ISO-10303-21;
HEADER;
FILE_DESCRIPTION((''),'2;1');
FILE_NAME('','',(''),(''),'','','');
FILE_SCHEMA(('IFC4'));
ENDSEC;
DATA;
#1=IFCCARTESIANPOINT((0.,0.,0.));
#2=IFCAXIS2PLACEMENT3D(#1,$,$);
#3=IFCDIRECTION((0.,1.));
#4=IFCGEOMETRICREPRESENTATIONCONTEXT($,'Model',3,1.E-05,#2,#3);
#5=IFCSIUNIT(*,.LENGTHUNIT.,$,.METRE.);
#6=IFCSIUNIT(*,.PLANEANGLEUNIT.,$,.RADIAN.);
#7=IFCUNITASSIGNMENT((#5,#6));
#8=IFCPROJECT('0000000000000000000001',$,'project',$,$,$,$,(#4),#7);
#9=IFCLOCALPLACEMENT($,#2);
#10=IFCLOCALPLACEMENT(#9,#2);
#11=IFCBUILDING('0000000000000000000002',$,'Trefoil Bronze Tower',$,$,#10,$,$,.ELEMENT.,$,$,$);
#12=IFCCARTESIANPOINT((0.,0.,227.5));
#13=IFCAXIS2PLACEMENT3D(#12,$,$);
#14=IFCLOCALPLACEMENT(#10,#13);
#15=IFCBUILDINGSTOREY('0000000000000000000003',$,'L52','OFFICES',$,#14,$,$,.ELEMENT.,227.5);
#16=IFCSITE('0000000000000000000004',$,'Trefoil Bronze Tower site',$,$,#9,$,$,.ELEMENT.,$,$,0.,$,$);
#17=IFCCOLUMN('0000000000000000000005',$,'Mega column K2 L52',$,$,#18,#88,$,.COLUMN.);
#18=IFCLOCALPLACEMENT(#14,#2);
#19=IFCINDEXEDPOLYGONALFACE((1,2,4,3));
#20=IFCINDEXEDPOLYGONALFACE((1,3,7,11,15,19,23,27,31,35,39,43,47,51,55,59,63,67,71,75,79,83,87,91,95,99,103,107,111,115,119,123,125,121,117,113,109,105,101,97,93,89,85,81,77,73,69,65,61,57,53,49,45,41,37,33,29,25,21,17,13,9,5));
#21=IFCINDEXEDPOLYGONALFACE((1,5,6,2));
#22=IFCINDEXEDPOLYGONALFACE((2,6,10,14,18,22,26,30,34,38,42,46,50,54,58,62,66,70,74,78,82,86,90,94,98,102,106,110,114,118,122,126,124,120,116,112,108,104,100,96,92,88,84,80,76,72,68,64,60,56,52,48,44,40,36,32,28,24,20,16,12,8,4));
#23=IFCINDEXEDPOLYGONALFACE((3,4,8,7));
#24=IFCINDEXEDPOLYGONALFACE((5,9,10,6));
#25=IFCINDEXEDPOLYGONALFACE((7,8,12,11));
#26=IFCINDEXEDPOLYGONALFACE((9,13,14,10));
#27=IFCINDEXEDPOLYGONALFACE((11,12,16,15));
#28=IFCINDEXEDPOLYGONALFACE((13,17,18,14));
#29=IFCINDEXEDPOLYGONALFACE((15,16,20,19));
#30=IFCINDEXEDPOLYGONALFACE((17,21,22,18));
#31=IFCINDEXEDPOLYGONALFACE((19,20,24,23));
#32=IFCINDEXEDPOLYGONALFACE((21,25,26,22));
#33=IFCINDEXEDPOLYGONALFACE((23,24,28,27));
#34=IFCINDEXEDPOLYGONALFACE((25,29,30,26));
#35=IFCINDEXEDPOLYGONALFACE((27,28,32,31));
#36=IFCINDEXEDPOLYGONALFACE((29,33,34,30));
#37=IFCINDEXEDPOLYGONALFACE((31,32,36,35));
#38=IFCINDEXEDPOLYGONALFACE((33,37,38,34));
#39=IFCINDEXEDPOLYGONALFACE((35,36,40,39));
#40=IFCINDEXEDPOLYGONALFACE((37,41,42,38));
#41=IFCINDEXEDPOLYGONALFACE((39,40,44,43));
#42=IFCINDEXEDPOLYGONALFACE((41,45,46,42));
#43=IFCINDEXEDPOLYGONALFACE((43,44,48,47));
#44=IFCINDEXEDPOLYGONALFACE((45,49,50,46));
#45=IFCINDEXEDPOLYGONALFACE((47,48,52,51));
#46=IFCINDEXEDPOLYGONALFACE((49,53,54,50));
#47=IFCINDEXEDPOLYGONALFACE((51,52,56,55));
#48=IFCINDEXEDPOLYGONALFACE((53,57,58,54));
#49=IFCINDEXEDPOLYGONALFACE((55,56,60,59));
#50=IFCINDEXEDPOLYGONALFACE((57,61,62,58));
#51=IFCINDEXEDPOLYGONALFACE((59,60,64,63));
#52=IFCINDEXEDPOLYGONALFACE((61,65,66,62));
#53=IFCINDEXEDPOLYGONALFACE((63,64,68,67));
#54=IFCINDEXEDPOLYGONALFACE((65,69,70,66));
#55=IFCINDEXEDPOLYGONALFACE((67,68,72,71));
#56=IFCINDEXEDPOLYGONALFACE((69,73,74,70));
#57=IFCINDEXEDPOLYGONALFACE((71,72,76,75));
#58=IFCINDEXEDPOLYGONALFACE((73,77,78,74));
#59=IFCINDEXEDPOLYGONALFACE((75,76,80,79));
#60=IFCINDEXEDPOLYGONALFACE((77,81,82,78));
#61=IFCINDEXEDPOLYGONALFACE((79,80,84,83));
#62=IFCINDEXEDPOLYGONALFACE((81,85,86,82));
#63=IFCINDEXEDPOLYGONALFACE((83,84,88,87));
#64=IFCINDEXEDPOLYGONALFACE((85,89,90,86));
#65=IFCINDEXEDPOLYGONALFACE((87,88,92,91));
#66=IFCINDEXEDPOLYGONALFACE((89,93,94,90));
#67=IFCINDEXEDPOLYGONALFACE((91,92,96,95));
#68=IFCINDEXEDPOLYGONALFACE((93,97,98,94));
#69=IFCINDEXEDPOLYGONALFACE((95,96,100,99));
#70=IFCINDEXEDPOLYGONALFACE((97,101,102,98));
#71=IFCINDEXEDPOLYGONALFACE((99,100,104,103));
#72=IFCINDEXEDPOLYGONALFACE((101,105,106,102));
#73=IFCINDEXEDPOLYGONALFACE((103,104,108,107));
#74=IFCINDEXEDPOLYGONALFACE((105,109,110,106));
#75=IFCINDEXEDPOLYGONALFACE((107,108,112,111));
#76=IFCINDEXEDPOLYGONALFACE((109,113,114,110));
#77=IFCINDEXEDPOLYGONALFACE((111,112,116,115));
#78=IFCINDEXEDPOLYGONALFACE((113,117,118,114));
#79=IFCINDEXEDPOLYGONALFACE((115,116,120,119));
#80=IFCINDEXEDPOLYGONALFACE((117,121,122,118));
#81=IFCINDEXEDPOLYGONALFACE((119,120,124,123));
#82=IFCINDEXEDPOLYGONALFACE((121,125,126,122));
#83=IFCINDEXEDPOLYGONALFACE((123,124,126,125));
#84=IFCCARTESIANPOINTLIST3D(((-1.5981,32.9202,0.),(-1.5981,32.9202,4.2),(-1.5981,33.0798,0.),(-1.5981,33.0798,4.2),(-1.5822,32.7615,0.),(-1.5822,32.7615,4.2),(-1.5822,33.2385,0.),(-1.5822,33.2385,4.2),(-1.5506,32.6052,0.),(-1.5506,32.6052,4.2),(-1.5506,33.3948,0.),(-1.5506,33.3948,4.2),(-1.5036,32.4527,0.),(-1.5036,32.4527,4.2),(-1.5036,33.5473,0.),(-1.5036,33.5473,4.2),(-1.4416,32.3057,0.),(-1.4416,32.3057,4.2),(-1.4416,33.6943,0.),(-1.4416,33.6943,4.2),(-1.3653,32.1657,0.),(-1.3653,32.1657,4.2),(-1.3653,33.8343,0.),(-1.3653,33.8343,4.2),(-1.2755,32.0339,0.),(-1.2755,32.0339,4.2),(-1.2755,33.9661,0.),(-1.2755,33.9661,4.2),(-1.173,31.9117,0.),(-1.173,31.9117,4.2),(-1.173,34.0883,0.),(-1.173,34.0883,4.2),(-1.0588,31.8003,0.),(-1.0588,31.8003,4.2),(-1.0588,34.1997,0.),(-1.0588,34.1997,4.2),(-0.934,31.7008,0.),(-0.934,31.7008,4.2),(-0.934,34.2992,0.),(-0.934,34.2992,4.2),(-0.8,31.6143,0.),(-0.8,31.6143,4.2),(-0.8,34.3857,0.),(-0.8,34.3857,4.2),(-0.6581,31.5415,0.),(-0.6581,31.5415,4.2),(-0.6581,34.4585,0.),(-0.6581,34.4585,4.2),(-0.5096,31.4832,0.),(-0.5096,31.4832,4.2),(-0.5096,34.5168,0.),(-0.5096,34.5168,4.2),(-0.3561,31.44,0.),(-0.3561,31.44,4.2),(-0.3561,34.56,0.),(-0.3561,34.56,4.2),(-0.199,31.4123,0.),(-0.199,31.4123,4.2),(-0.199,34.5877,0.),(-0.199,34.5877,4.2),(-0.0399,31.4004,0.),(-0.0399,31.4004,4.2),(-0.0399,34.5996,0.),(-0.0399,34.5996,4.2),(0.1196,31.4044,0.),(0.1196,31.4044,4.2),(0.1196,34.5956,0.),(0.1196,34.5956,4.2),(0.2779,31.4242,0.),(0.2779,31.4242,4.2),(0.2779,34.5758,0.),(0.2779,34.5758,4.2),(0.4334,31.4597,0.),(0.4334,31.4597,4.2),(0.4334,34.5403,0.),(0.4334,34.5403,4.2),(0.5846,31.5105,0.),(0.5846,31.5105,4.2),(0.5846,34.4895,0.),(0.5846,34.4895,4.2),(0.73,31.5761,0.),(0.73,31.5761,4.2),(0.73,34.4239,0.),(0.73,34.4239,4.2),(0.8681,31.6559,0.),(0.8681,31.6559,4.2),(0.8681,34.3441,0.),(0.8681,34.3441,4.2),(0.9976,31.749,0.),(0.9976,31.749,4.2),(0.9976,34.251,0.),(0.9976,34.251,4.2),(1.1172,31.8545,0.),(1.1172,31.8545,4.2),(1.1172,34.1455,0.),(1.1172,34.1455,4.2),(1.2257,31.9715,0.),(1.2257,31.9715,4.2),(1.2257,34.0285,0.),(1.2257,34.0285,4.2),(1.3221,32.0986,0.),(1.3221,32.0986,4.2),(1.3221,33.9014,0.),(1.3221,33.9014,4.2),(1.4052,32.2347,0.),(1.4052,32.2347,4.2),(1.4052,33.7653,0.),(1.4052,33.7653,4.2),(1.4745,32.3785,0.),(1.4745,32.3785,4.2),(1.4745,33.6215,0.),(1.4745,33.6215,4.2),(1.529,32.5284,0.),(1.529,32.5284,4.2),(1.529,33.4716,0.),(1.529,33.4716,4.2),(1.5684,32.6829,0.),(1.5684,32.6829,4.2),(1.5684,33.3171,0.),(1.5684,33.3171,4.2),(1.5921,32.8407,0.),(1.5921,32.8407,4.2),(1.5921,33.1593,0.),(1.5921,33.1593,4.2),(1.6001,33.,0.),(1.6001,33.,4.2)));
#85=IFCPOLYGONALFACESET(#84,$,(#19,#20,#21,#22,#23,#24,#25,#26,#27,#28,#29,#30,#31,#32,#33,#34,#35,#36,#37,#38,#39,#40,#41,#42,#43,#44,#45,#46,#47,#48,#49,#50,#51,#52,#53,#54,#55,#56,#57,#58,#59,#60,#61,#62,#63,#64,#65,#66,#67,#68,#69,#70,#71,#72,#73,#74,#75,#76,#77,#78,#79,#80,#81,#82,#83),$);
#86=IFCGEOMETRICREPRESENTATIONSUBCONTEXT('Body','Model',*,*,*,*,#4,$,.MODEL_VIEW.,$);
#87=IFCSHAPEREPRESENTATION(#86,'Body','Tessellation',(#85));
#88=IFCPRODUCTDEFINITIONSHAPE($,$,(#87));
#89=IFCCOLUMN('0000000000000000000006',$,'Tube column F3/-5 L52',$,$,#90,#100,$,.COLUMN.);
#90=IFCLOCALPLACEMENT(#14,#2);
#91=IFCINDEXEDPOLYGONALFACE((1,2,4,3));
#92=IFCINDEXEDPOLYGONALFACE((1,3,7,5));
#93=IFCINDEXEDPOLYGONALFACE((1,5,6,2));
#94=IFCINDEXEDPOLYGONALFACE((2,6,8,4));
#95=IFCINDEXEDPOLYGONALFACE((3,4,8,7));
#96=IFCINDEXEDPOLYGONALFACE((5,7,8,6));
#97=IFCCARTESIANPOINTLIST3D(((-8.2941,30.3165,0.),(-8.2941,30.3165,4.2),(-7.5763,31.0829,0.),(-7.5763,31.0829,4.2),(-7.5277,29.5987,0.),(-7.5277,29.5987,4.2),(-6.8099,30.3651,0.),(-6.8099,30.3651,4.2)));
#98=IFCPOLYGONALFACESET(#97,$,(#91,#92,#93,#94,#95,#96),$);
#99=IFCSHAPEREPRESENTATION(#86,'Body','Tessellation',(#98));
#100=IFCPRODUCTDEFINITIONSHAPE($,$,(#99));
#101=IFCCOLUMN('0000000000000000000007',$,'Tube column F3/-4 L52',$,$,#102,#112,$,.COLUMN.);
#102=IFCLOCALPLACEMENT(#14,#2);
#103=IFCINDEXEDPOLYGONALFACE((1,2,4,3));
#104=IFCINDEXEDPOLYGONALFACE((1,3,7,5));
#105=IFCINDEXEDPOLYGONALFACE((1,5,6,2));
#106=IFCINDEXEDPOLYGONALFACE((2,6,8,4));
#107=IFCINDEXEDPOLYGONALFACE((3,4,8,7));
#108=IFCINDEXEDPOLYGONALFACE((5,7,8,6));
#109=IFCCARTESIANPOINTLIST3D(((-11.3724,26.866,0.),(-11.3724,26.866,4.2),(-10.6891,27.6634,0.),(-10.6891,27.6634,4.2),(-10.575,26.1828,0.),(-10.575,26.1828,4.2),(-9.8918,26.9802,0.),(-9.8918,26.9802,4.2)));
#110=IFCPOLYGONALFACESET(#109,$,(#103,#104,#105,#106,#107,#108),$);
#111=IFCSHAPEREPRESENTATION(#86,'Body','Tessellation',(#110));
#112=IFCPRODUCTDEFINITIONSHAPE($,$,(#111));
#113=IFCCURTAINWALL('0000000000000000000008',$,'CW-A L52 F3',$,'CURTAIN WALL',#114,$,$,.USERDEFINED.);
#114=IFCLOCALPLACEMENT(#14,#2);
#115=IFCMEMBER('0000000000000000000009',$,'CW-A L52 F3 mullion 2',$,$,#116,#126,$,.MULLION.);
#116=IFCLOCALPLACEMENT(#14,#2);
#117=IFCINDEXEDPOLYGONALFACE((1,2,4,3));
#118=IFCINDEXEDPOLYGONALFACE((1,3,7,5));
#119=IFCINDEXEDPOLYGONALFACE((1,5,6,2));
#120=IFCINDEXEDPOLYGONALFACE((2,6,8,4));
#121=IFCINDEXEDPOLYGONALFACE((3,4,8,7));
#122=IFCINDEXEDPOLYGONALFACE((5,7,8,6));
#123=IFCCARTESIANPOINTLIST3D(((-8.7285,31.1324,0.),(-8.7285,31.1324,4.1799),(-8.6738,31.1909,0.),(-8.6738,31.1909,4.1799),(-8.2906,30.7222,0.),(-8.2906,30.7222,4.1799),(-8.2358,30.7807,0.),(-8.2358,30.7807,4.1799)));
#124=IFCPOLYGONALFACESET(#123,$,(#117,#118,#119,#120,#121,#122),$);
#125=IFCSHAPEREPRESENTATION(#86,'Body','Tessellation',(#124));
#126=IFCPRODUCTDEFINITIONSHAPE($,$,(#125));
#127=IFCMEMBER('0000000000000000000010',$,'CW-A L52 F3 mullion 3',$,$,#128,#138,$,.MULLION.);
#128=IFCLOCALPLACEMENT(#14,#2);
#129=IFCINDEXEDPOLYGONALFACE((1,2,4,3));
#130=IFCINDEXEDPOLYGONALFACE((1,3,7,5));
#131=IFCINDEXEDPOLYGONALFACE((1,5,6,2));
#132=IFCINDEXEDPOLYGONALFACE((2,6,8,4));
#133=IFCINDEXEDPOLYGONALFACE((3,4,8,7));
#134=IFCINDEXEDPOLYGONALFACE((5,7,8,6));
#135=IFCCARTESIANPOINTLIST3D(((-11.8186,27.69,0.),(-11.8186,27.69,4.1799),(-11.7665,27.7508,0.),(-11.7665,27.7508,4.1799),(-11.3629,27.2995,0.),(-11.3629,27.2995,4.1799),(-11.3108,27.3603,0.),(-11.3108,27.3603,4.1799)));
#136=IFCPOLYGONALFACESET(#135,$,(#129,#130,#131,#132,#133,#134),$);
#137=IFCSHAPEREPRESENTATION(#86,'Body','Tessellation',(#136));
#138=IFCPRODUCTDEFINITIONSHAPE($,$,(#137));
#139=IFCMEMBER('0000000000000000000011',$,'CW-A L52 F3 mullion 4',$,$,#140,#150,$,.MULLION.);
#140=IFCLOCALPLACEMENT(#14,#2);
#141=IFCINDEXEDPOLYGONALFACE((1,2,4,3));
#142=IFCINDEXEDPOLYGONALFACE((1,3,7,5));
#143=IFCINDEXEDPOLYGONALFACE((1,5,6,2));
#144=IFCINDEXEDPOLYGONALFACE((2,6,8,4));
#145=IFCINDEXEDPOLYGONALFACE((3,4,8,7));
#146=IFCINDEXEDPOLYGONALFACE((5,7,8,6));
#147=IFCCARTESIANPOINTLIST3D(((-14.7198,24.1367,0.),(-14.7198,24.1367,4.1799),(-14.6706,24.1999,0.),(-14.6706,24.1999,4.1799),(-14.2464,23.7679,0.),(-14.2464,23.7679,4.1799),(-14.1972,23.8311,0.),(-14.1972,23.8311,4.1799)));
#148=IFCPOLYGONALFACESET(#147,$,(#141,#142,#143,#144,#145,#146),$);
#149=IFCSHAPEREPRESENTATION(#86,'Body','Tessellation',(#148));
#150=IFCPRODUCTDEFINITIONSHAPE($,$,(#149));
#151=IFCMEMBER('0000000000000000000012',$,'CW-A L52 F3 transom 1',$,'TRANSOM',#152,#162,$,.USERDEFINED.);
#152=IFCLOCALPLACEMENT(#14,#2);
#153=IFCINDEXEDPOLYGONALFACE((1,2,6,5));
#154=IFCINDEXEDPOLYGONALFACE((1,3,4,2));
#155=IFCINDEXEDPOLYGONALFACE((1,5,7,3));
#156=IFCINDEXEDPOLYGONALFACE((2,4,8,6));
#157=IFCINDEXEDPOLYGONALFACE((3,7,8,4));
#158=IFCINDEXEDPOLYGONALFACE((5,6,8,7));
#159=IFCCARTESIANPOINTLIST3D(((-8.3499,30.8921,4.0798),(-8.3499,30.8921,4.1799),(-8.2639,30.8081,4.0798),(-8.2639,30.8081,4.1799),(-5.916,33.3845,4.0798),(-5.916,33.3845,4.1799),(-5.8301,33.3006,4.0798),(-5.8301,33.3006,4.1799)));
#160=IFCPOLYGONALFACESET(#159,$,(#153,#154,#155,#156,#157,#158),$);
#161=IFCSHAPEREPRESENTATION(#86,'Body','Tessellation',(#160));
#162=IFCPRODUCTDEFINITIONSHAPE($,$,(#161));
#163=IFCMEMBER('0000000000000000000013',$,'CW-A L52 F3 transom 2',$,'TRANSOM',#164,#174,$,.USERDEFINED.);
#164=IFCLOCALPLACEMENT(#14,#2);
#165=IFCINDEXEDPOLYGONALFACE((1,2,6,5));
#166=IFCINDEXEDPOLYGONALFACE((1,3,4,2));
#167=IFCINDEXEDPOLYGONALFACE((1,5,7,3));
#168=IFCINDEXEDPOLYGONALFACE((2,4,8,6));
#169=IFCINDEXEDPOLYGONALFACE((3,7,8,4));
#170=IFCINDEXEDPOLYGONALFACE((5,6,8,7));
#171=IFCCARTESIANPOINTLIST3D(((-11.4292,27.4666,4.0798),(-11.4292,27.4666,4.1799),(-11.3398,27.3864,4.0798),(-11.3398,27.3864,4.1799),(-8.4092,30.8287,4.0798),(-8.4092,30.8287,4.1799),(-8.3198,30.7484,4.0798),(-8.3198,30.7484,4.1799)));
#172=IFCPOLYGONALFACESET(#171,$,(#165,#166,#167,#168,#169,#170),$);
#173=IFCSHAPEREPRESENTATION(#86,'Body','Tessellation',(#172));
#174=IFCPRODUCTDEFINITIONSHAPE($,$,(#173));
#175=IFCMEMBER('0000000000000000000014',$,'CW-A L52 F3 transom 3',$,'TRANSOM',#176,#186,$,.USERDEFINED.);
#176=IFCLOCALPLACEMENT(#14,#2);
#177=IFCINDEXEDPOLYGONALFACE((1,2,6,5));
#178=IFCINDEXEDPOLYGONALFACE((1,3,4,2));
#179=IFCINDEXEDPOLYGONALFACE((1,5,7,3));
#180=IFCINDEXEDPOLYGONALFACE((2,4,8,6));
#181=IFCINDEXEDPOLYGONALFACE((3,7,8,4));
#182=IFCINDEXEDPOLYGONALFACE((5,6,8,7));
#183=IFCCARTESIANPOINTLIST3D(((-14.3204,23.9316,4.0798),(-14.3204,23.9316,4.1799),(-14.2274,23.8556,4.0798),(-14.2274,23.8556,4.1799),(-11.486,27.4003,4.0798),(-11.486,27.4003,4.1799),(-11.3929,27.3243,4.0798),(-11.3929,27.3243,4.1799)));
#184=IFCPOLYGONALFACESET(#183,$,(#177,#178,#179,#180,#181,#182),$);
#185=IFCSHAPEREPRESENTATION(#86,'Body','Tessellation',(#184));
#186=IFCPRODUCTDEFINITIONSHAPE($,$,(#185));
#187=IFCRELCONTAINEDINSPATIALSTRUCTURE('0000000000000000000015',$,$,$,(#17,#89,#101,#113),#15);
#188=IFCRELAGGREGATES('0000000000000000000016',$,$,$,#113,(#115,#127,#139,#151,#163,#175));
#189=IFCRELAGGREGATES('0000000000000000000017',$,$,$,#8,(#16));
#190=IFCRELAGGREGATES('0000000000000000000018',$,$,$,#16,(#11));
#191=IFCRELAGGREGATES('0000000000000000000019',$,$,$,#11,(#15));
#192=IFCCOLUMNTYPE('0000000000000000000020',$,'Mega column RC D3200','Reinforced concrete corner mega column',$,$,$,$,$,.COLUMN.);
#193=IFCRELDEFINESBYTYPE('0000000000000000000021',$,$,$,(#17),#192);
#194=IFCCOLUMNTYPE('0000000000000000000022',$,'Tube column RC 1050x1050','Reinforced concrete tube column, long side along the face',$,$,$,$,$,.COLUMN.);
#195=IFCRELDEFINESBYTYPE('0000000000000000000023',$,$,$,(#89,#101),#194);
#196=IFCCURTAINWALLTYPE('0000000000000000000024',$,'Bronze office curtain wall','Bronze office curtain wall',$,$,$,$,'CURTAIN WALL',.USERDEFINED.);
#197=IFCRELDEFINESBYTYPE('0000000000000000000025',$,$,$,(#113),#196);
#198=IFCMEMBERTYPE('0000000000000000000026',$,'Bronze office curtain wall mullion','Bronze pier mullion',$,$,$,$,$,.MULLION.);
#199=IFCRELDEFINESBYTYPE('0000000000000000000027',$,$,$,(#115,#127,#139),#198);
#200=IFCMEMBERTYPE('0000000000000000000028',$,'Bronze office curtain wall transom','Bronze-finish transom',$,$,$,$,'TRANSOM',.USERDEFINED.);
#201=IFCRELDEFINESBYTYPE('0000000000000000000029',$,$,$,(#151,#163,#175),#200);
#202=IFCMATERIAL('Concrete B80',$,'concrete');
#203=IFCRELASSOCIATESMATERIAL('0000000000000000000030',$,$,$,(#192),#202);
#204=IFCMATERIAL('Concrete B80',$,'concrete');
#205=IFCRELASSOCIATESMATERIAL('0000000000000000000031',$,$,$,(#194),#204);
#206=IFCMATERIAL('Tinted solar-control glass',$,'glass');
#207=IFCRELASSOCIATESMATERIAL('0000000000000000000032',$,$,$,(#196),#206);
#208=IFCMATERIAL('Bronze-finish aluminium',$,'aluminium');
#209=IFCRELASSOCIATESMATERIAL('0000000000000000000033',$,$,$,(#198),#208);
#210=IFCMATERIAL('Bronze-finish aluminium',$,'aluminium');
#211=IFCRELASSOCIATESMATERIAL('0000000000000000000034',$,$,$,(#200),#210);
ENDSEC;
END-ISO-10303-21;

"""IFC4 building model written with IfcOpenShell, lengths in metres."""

from ifc_helpers import new_model, si_unit, direction, frame, origin, origin_2d, place, context, subcontext, project, spatial, rectangle, circle, extrude, material, material_profile, profile_set, type_object, element, aggregate, save


model = new_model("IFC4")

# Units and contexts
model_context = context("Model", 3, precision=1e-05, world=origin(), true_north=direction((0.0, 1.0)))
body_context = subcontext(model_context, "Body", "Model", "MODEL_VIEW")
ifc_project = project(units=[si_unit("LENGTHUNIT", "METRE"), si_unit("PLANEANGLEUNIT", "RADIAN")], contexts=[model_context])

# Site, building, storey
site_placement = place(None, origin())
site = spatial("IfcSite", under=ifc_project, at=site_placement, Name="Trefoil Bronze Tower site", CompositionType="ELEMENT", RefElevation=0.0)
building_placement = place(site_placement, origin())
building = spatial("IfcBuilding", under=site, at=building_placement, Name="Trefoil Bronze Tower", CompositionType="ELEMENT")
storey_placement = place(building_placement, frame((0.0, 0.0, 227.5)))
storey = spatial("IfcBuildingStorey", under=building, at=storey_placement, Name="L52", Description="OFFICES", CompositionType="ELEMENT", Elevation=227.5)

# Columns
ifc_material_1 = material(Name="Concrete B80", Category="concrete")
ifc_material_profile_1 = material_profile(ifc_material_1, circle(Radius=1.6001, at=origin_2d()), Name="RC D3200")
ifc_profile_set_1 = profile_set([ifc_material_profile_1], Name="Concrete B80")
column_type_1 = type_object("IfcColumnType", Name="Mega column RC D3200", Description="Reinforced concrete corner mega column", PredefinedType="COLUMN", material=ifc_profile_set_1)
column_placement = place(storey_placement, frame((0.0, 33.0, 0.0), z_axis=(0.0, 0.0, 1.0), x_axis=(1.0, 0.0, 0.0)))
element("IfcColumn", 1, at=column_placement, inside=storey, type_object=column_type_1, Name="Mega column K2 L52", PredefinedType="COLUMN", context=body_context, shape_type="SweptSolid", body=[
    extrude(circle(Radius=1.6001, at=origin_2d()), origin(), (0.0, 0.0, 1.0), 4.2),
])
ifc_material_2 = material(Name="Concrete B80", Category="concrete")
ifc_material_profile_2 = material_profile(ifc_material_2, rectangle(XDim=1.05, YDim=1.05, at=origin_2d()), Name="RC 1050x1050")
ifc_profile_set_2 = profile_set([ifc_material_profile_2], Name="Concrete B80")
column_type_2 = type_object("IfcColumnType", Name="Tube column RC 1050x1050", Description="Reinforced concrete tube column, long side along the face", PredefinedType="COLUMN", material=ifc_profile_set_2)
for number, where, z_axis, x_axis, name in (
    (2, (-7.552, 30.3408, 0.0), (0.0, 0.0, 1.0), (-0.683597, -0.72986, 0.0), "Tube column F3/-5 L52"),
    (3, (-10.6321, 26.9231, 0.0), (0.0, 0.0, 1.0), (-0.650677, -0.759355, 0.0), "Tube column F3/-4 L52"),
):
    element("IfcColumn", number, at=place(storey_placement, frame(where, z_axis=z_axis, x_axis=x_axis)), inside=storey, type_object=column_type_2, Name=name, PredefinedType="COLUMN", context=body_context, shape_type="SweptSolid", body=[
        extrude(rectangle(XDim=1.05, YDim=1.05, at=origin_2d()), origin(), (0.0, 0.0, 1.0), 4.2),
    ])

# Curtain wall, members
ifc_material_3 = material(Name="Tinted solar-control glass", Category="glass")
curtain_wall_type_1 = type_object("IfcCurtainWallType", Name="Bronze office curtain wall", Description="Bronze office curtain wall", ElementType="CURTAIN WALL", PredefinedType="USERDEFINED", material=ifc_material_3)
curtain_wall_1_placement = place(storey_placement, origin())
curtain_wall_1 = element("IfcCurtainWall", 4, at=curtain_wall_1_placement, inside=storey, type_object=curtain_wall_type_1, Name="CW-A L52 F3", ObjectType="CURTAIN WALL", PredefinedType="USERDEFINED")
ifc_material_4 = material(Name="Bronze-finish aluminium", Category="aluminium")
ifc_material_profile_3 = material_profile(ifc_material_4, rectangle(XDim=0.6001, YDim=0.0801, at=origin_2d()), Name="CW-A mullion")
ifc_profile_set_3 = profile_set([ifc_material_profile_3], Name="Bronze-finish aluminium")
member_type_1 = type_object("IfcMemberType", Name="Bronze office curtain wall mullion", Description="Bronze pier mullion", PredefinedType="MULLION", material=ifc_profile_set_3)
member_1_placement = place(storey_placement, frame((-8.4822, 30.9565, 0.0), z_axis=(0.0, 0.0, 1.0), x_axis=(0.72986, -0.683597, 0.0)))
member_1 = element("IfcMember", 5, at=member_1_placement, type_object=member_type_1, Name="CW-A L52 F3 mullion 2", PredefinedType="MULLION", context=body_context, shape_type="SweptSolid", body=[
    extrude(rectangle(XDim=0.6001, YDim=0.0801, at=origin_2d()), origin(), (0.0, 0.0, 1.0), 4.1799),
])
member_2_placement = place(storey_placement, frame((-11.5647, 27.5251, 0.0), z_axis=(0.0, 0.0, 1.0), x_axis=(0.759355, -0.650677, 0.0)))
member_2 = element("IfcMember", 6, at=member_2_placement, type_object=member_type_1, Name="CW-A L52 F3 mullion 3", PredefinedType="MULLION", context=body_context, shape_type="SweptSolid", body=[
    extrude(rectangle(XDim=0.6001, YDim=0.0801, at=origin_2d()), origin(), (0.0, 0.0, 1.0), 4.1799),
])
member_3_placement = place(storey_placement, frame((-14.4585, 23.9839, 0.0), z_axis=(0.0, 0.0, 1.0), x_axis=(0.788821, -0.614622, 0.0)))
member_3 = element("IfcMember", 7, at=member_3_placement, type_object=member_type_1, Name="CW-A L52 F3 mullion 4", PredefinedType="MULLION", context=body_context, shape_type="SweptSolid", body=[
    extrude(rectangle(XDim=0.6001, YDim=0.0801, at=origin_2d()), origin(), (0.0, 0.0, 1.0), 4.1799),
])
ifc_material_5 = material(Name="Bronze-finish aluminium", Category="aluminium")
ifc_material_profile_4 = material_profile(ifc_material_5, rectangle(XDim=0.1201, YDim=0.1001, at=origin_2d()), Name="CW-A transom")
ifc_profile_set_4 = profile_set([ifc_material_profile_4], Name="Bronze-finish aluminium")
member_type_2 = type_object("IfcMemberType", Name="Bronze office curtain wall transom", Description="Bronze-finish transom", ElementType="TRANSOM", PredefinedType="USERDEFINED", material=ifc_profile_set_4)
member_4_placement = place(storey_placement, frame((-5.873, 33.3425, 4.1299), z_axis=(-0.698647, -0.715467, 0.0), x_axis=(0.715467, -0.698647, 0.0)))
member_4 = element("IfcMember", 8, at=member_4_placement, type_object=member_type_2, Name="CW-A L52 F3 transom 1", ObjectType="TRANSOM", PredefinedType="USERDEFINED", context=body_context, shape_type="SweptSolid", body=[
    extrude(rectangle(XDim=0.1201, YDim=0.1001, at=origin_2d()), origin(), (0.0, 0.0, 1.0), 3.4836),
])
member_5_placement = place(storey_placement, frame((-8.3645, 30.7886, 4.1299), z_axis=(-0.668251, -0.743936, 0.0), x_axis=(0.743936, -0.668251, 0.0)))
member_5 = element("IfcMember", 9, at=member_5_placement, type_object=member_type_2, Name="CW-A L52 F3 transom 2", ObjectType="TRANSOM", PredefinedType="USERDEFINED", context=body_context, shape_type="SweptSolid", body=[
    extrude(rectangle(XDim=0.1201, YDim=0.1001, at=origin_2d()), origin(), (0.0, 0.0, 1.0), 4.5193),
])
member_6_placement = place(storey_placement, frame((-11.4395, 27.3623, 4.1299), z_axis=(-0.632757, -0.774351, 0.0), x_axis=(0.774351, -0.632757, 0.0)))
member_6 = element("IfcMember", 10, at=member_6_placement, type_object=member_type_2, Name="CW-A L52 F3 transom 3", ObjectType="TRANSOM", PredefinedType="USERDEFINED", context=body_context, shape_type="SweptSolid", body=[
    extrude(rectangle(XDim=0.1201, YDim=0.1001, at=origin_2d()), origin(), (0.0, 0.0, 1.0), 4.4795),
])

aggregate(curtain_wall_1, [member_1, member_2, member_3, member_4, member_5, member_6])

save(model, "model.ifc")
